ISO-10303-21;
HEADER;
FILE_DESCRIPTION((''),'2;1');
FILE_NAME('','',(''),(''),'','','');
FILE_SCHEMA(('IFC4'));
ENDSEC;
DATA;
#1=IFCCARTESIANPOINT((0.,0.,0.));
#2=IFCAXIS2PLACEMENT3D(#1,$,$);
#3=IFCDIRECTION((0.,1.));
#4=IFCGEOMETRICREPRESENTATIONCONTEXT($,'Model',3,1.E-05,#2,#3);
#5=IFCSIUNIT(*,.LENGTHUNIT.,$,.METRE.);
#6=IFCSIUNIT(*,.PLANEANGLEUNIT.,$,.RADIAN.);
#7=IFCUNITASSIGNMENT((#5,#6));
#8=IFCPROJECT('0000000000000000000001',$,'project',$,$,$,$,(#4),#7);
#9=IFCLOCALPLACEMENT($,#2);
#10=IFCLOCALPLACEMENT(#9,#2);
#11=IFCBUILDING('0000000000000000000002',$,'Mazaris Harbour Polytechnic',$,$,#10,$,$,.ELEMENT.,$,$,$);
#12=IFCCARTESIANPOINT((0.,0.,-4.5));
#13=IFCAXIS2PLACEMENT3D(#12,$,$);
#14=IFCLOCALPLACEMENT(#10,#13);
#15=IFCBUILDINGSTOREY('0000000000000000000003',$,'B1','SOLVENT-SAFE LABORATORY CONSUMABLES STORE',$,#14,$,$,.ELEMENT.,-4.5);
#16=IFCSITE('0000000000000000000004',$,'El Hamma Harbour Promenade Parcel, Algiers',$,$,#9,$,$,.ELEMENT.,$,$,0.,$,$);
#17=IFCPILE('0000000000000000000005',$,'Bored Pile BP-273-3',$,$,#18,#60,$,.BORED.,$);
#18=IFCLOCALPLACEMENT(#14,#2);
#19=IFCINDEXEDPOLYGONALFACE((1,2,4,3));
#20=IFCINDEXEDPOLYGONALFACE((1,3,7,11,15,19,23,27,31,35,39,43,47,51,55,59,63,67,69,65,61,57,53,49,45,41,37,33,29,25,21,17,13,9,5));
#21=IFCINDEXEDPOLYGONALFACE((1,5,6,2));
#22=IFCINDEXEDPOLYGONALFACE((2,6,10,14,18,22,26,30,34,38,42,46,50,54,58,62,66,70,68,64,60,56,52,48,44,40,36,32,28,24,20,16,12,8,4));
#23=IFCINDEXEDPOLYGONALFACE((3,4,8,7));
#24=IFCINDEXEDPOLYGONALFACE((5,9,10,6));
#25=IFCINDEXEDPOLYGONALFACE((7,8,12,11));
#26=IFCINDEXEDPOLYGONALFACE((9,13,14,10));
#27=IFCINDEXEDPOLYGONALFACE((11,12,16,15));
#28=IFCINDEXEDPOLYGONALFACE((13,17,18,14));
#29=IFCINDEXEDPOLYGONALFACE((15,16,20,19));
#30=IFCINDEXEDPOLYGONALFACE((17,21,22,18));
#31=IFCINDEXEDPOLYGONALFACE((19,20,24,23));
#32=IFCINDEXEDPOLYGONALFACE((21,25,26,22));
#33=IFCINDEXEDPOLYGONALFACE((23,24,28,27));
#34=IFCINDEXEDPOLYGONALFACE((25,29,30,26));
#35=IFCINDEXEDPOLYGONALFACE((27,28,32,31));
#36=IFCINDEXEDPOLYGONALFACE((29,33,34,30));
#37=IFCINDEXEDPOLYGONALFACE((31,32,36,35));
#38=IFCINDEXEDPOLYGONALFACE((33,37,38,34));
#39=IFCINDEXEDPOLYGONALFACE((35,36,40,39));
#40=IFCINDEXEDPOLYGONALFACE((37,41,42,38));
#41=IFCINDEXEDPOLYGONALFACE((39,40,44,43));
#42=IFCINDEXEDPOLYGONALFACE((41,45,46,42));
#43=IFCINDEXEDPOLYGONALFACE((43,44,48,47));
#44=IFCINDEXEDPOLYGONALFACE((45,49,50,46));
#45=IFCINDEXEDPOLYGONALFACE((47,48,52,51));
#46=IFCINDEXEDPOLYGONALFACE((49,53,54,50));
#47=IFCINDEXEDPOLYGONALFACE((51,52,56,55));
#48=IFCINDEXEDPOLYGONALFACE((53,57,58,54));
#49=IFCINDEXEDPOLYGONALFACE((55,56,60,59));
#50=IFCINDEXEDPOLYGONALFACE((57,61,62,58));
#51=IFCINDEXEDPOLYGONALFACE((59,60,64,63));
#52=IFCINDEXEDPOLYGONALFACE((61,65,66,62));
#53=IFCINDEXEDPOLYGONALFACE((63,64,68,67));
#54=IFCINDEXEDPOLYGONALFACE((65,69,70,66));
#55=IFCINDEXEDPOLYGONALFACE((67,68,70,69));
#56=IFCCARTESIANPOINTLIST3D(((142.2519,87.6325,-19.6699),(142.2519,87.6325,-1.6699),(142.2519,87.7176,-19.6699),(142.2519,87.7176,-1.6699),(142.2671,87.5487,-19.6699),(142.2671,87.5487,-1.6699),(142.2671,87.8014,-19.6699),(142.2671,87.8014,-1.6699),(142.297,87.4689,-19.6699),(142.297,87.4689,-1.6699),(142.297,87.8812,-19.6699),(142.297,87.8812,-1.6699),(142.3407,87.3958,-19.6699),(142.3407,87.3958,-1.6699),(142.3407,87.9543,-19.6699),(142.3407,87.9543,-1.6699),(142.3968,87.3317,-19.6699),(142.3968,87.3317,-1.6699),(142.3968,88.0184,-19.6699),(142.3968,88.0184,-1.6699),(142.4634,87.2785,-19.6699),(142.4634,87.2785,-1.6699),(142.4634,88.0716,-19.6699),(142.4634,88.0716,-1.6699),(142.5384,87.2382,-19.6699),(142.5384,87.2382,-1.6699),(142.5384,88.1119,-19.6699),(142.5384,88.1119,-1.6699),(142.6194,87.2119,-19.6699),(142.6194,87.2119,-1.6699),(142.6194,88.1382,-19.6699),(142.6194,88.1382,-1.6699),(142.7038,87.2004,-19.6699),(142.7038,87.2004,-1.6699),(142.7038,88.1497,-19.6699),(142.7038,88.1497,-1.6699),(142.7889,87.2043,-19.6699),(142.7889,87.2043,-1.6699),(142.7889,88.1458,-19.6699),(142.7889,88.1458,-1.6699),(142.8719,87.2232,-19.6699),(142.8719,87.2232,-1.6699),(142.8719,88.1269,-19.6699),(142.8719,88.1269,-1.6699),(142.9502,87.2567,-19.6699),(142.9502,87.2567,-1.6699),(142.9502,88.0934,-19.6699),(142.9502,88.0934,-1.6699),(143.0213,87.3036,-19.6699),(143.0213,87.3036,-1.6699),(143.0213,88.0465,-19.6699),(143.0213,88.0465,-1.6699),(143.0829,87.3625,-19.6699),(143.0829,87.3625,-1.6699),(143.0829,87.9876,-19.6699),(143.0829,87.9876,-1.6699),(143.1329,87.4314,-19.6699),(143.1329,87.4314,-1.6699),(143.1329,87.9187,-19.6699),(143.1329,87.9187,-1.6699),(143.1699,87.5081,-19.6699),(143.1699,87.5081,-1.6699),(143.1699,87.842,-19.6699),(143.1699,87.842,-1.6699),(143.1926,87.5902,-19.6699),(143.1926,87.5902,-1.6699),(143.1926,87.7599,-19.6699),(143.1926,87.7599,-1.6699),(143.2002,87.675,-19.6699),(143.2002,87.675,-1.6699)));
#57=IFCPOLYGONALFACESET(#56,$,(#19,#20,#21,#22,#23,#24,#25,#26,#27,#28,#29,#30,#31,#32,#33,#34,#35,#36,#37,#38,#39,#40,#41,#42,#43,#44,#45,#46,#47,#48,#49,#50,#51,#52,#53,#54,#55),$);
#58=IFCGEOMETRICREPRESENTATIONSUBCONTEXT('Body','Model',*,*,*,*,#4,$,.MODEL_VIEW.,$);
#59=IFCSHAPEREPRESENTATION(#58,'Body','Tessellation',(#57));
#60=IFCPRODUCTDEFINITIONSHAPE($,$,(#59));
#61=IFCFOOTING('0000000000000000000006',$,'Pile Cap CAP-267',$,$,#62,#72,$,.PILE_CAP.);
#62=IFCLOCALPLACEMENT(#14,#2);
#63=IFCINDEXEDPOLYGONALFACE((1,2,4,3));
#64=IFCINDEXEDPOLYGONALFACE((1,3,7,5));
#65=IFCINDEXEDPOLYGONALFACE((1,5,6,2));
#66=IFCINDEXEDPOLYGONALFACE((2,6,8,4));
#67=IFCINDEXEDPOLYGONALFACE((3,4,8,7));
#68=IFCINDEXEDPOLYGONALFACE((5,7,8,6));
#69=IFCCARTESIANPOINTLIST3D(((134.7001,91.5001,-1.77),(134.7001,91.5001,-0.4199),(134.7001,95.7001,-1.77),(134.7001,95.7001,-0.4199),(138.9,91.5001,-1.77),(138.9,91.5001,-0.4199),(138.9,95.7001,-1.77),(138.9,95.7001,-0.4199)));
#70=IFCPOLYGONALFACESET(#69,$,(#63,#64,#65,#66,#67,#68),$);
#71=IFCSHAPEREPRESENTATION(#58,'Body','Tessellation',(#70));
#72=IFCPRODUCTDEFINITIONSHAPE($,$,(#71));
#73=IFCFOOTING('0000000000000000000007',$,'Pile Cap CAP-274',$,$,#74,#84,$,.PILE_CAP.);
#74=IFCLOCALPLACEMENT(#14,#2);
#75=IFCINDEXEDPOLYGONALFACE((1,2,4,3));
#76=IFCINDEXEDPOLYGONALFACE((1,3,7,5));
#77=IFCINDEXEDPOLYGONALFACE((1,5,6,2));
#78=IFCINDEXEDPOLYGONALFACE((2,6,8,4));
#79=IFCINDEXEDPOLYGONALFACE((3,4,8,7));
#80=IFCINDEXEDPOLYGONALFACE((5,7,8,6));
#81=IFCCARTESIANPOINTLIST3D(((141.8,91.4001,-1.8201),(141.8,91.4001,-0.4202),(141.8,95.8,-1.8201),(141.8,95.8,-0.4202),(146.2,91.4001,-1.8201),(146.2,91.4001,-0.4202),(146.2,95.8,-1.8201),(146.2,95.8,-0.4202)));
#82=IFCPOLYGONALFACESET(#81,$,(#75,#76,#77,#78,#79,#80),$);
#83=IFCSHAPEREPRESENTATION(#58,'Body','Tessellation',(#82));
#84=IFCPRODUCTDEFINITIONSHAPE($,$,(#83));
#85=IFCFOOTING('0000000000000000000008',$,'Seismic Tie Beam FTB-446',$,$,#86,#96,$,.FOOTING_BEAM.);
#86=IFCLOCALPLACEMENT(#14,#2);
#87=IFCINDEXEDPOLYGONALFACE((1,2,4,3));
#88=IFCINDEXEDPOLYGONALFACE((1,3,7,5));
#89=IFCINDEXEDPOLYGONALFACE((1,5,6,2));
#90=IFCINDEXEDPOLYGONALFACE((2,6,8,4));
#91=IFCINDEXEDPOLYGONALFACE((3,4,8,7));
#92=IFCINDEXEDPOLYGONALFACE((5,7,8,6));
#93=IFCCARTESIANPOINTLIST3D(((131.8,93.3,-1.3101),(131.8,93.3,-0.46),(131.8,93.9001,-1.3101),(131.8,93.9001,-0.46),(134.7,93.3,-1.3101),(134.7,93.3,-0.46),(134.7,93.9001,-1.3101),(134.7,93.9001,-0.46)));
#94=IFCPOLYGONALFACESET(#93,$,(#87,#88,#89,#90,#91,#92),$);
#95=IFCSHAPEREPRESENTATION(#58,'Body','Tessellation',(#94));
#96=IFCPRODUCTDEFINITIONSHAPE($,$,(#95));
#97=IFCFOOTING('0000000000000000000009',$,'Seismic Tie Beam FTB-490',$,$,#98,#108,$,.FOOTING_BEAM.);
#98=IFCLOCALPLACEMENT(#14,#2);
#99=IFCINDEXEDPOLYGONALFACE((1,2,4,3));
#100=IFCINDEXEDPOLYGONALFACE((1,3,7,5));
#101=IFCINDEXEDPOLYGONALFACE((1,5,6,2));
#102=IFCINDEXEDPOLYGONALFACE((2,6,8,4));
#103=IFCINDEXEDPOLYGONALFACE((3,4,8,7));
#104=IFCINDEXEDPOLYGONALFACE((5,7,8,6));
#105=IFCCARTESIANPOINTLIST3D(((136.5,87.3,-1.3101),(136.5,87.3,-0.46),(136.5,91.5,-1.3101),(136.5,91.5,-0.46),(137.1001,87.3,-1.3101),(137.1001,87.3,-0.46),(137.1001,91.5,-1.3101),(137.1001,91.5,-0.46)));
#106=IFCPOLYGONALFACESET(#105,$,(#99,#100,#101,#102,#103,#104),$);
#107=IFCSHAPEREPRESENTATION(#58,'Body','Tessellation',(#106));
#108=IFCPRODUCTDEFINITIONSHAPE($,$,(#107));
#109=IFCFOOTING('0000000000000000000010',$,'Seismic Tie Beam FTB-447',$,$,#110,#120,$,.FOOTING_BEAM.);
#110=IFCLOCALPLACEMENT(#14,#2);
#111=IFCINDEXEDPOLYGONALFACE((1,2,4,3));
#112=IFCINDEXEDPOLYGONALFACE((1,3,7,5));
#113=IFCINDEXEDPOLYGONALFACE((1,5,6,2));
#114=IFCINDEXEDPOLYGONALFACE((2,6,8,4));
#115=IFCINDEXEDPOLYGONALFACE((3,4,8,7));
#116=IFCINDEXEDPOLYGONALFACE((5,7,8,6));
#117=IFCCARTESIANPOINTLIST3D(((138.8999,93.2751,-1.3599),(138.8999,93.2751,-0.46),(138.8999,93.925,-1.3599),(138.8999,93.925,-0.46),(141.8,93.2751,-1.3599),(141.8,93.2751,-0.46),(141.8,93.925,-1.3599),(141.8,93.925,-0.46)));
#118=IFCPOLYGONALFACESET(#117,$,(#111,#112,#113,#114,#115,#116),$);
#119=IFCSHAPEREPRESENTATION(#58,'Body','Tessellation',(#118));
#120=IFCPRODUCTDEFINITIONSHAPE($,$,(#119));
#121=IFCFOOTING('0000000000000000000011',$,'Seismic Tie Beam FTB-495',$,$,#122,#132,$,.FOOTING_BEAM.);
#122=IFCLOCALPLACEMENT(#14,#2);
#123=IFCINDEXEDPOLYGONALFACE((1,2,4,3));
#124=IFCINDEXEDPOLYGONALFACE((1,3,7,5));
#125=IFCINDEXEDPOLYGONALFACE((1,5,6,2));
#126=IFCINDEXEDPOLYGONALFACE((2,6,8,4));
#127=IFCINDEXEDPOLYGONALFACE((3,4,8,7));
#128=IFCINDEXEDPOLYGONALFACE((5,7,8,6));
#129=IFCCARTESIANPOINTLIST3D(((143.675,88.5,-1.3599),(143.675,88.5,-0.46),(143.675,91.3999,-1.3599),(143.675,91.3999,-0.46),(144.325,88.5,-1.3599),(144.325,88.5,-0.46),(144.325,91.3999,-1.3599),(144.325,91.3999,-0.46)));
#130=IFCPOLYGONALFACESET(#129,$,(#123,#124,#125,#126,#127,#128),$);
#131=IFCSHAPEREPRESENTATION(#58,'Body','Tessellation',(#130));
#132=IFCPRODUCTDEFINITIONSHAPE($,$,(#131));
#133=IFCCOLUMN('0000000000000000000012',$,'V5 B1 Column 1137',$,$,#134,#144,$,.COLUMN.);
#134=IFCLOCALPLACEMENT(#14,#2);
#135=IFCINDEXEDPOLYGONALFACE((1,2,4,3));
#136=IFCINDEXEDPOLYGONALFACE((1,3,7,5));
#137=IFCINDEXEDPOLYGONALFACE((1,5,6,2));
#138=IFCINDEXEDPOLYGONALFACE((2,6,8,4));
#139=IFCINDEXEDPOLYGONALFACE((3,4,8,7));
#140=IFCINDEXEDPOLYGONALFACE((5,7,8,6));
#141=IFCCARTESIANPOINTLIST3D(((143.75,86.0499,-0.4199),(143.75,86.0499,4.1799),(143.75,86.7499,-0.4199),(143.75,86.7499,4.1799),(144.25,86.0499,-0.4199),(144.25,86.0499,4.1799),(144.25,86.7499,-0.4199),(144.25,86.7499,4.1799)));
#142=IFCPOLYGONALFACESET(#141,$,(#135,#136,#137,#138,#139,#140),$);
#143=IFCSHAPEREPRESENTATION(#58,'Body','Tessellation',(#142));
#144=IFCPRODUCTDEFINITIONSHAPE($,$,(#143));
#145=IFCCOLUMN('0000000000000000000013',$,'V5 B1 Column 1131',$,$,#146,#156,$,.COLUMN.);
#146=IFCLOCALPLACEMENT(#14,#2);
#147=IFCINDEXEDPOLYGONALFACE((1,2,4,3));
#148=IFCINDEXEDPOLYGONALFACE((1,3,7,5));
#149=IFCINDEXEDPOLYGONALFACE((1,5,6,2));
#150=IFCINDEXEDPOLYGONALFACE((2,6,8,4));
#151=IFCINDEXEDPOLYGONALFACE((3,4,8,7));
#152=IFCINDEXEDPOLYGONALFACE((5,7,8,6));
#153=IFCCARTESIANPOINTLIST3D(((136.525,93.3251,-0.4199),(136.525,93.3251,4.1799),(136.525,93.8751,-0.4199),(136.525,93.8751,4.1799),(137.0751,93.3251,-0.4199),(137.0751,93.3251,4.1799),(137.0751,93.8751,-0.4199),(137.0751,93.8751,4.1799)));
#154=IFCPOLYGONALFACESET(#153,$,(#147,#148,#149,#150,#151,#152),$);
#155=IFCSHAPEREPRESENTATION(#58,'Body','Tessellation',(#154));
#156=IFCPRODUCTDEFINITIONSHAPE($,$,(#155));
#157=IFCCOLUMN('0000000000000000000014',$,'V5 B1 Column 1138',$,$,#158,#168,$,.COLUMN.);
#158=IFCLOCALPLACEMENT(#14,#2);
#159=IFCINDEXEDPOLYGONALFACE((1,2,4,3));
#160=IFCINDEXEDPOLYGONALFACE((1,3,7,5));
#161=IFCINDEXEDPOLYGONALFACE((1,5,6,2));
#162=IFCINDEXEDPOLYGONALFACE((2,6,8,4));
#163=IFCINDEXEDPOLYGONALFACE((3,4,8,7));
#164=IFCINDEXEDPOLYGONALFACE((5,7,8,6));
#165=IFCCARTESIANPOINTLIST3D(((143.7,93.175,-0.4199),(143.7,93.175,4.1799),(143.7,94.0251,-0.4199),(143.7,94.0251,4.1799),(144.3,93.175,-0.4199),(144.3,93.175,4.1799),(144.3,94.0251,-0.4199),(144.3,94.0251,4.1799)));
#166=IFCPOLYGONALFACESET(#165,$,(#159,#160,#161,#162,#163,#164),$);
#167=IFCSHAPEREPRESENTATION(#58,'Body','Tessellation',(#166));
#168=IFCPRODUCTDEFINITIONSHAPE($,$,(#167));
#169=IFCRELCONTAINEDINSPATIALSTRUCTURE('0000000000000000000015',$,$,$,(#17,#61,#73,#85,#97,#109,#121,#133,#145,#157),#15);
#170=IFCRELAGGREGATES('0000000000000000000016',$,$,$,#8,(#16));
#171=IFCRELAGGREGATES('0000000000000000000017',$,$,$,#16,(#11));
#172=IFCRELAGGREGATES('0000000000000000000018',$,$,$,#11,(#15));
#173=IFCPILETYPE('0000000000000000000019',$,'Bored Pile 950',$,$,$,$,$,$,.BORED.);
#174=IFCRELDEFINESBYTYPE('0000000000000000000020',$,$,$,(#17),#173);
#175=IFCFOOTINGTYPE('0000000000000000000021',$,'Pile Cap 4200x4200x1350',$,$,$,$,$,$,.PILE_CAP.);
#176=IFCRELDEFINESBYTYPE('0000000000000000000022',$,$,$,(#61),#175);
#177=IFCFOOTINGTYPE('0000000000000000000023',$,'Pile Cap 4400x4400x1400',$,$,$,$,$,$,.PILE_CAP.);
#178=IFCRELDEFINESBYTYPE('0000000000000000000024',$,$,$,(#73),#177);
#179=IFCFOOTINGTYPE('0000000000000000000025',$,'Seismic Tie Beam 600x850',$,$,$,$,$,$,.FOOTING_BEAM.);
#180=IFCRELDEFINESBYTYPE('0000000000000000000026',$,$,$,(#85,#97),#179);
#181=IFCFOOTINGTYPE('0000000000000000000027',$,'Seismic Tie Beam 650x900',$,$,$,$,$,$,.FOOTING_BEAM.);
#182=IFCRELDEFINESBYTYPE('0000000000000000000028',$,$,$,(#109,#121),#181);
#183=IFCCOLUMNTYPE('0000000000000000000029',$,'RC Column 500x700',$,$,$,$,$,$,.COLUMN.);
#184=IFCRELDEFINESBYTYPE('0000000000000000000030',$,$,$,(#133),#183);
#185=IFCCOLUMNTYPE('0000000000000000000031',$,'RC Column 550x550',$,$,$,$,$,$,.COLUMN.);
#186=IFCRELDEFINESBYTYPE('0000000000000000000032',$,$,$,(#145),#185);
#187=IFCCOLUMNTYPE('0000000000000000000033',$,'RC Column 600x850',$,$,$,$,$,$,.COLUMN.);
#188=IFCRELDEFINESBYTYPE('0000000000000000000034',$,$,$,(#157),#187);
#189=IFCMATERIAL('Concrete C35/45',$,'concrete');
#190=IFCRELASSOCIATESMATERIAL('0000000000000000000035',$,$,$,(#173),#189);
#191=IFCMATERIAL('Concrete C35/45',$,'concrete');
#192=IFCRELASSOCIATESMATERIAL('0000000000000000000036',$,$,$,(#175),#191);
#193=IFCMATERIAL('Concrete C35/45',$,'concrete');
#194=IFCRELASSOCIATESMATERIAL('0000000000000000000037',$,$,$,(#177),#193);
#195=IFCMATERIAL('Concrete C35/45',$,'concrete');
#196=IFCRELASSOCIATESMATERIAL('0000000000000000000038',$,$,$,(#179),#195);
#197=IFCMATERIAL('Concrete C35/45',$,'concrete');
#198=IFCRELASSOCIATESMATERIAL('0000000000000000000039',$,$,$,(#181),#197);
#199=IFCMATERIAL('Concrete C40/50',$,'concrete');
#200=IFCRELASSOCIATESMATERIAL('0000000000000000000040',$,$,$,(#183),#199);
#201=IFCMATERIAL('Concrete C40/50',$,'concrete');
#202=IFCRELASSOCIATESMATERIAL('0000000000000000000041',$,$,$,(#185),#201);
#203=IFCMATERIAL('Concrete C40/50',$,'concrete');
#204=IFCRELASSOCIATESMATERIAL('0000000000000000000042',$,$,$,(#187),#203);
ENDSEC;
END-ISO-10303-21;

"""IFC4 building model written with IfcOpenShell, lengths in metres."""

from ifc_helpers import new_model, si_unit, direction, frame, origin, origin_2d, place, context, subcontext, project, spatial, rectangle, circle, extrude, material, material_profile, profile_set, type_object, element, save


model = new_model("IFC4")

# Units and contexts
model_context = context("Model", 3, precision=1e-05, world=origin(), true_north=direction((0.0, 1.0)))
body_context = subcontext(model_context, "Body", "Model", "MODEL_VIEW")
ifc_project = project(units=[si_unit("LENGTHUNIT", "METRE"), si_unit("PLANEANGLEUNIT", "RADIAN")], contexts=[model_context])

# Site, building, storey
site_placement = place(None, origin())
site = spatial("IfcSite", under=ifc_project, at=site_placement, Name="El Hamma Harbour Promenade Parcel, Algiers", CompositionType="ELEMENT", RefElevation=0.0)
building_placement = place(site_placement, origin())
building = spatial("IfcBuilding", under=site, at=building_placement, Name="Mazaris Harbour Polytechnic", CompositionType="ELEMENT")
storey_placement = place(building_placement, frame((0.0, 0.0, -4.5)))
storey = spatial("IfcBuildingStorey", under=building, at=storey_placement, Name="B1", Description="SOLVENT-SAFE LABORATORY CONSUMABLES STORE", CompositionType="ELEMENT", Elevation=-4.5)

# Pile
ifc_material_1 = material(Name="Concrete C35/45", Category="concrete")
ifc_material_profile_1 = material_profile(ifc_material_1, circle(Radius=0.4751, at=origin_2d()), Name="DIA950")
ifc_profile_set_1 = profile_set([ifc_material_profile_1], Name="Concrete C35/45")
pile_type_1 = type_object("IfcPileType", Name="Bored Pile 950", PredefinedType="BORED", material=ifc_profile_set_1)
for number, where, z_axis, x_axis, name in (
    (1, (142.7251, 87.675, -1.6699), (0.0, 0.0, -1.0), (1.0, 0.0, 0.0), "Bored Pile BP-273-3"),
):
    element("IfcPile", number, at=place(storey_placement, frame(where, z_axis=z_axis, x_axis=x_axis)), inside=storey, type_object=pile_type_1, Name=name, PredefinedType="BORED", context=body_context, shape_type="SweptSolid", body=[
        extrude(circle(Radius=0.4751, at=origin_2d()), origin(), (0.0, 0.0, 1.0), 18.0),
    ])

# Footings
ifc_material_2 = material(Name="Concrete C35/45", Category="concrete")
footing_type_1 = type_object("IfcFootingType", Name="Pile Cap 4200x4200x1350", PredefinedType="PILE_CAP", material=ifc_material_2)
footing_1_placement = place(storey_placement, frame((136.8, 93.6001, -1.77), z_axis=(0.0, 0.0, 1.0), x_axis=(1.0, 0.0, 0.0)))
element("IfcFooting", 2, at=footing_1_placement, inside=storey, type_object=footing_type_1, Name="Pile Cap CAP-267", PredefinedType="PILE_CAP", context=body_context, shape_type="SweptSolid", body=[
    extrude(rectangle(XDim=4.2, YDim=4.2, at=origin_2d()), origin(), (0.0, 0.0, 1.0), 1.3501),
])
ifc_material_3 = material(Name="Concrete C35/45", Category="concrete")
footing_type_2 = type_object("IfcFootingType", Name="Pile Cap 4400x4400x1400", PredefinedType="PILE_CAP", material=ifc_material_3)
footing_2_placement = place(storey_placement, frame((144.0, 93.6001, -1.8201), z_axis=(0.0, 0.0, 1.0), x_axis=(1.0, 0.0, 0.0)))
element("IfcFooting", 3, at=footing_2_placement, inside=storey, type_object=footing_type_2, Name="Pile Cap CAP-274", PredefinedType="PILE_CAP", context=body_context, shape_type="SweptSolid", body=[
    extrude(rectangle(XDim=4.3999, YDim=4.3999, at=origin_2d()), origin(), (0.0, 0.0, 1.0), 1.3999),
])
ifc_material_4 = material(Name="Concrete C35/45", Category="concrete")
ifc_material_profile_2 = material_profile(ifc_material_4, rectangle(XDim=0.6001, YDim=0.8501, at=origin_2d()), Name="RECT600x850")
ifc_profile_set_2 = profile_set([ifc_material_profile_2], Name="Concrete C35/45")
footing_type_3 = type_object("IfcFootingType", Name="Seismic Tie Beam 600x850", PredefinedType="FOOTING_BEAM", material=ifc_profile_set_2)
footing_3_placement = place(storey_placement, frame((131.8, 93.6001, -0.885), z_axis=(1.0, 0.0, 0.0), x_axis=(0.0, 1.0, 0.0)))
element("IfcFooting", 4, at=footing_3_placement, inside=storey, type_object=footing_type_3, Name="Seismic Tie Beam FTB-446", PredefinedType="FOOTING_BEAM", context=body_context, shape_type="SweptSolid", body=[
    extrude(rectangle(XDim=0.6001, YDim=0.8501, at=origin_2d()), origin(), (0.0, 0.0, 1.0), 2.8999),
])
footing_4_placement = place(storey_placement, frame((136.8, 87.3, -0.885), z_axis=(0.0, 1.0, 0.0), x_axis=(-1.0, 0.0, 0.0)))
element("IfcFooting", 5, at=footing_4_placement, inside=storey, type_object=footing_type_3, Name="Seismic Tie Beam FTB-490", PredefinedType="FOOTING_BEAM", context=body_context, shape_type="SweptSolid", body=[
    extrude(rectangle(XDim=0.6001, YDim=0.8501, at=origin_2d()), origin(), (0.0, 0.0, 1.0), 4.2),
])
ifc_material_5 = material(Name="Concrete C35/45", Category="concrete")
ifc_material_profile_3 = material_profile(ifc_material_5, rectangle(XDim=0.6499, YDim=0.8999, at=origin_2d()), Name="RECT650x900")
ifc_profile_set_3 = profile_set([ifc_material_profile_3], Name="Concrete C35/45")
footing_type_4 = type_object("IfcFootingType", Name="Seismic Tie Beam 650x900", PredefinedType="FOOTING_BEAM", material=ifc_profile_set_3)
footing_5_placement = place(storey_placement, frame((138.8999, 93.6001, -0.9099), z_axis=(1.0, 0.0, 0.0), x_axis=(0.0, 1.0, 0.0)))
element("IfcFooting", 6, at=footing_5_placement, inside=storey, type_object=footing_type_4, Name="Seismic Tie Beam FTB-447", PredefinedType="FOOTING_BEAM", context=body_context, shape_type="SweptSolid", body=[
    extrude(rectangle(XDim=0.6499, YDim=0.8999, at=origin_2d()), origin(), (0.0, 0.0, 1.0), 2.9001),
])
footing_6_placement = place(storey_placement, frame((144.0, 88.5, -0.9099), z_axis=(0.0, 1.0, 0.0), x_axis=(-1.0, 0.0, 0.0)))
element("IfcFooting", 7, at=footing_6_placement, inside=storey, type_object=footing_type_4, Name="Seismic Tie Beam FTB-495", PredefinedType="FOOTING_BEAM", context=body_context, shape_type="SweptSolid", body=[
    extrude(rectangle(XDim=0.6499, YDim=0.8999, at=origin_2d()), origin(), (0.0, 0.0, 1.0), 2.8999),
])

# Columns
ifc_material_6 = material(Name="Concrete C40/50", Category="concrete")
ifc_material_profile_4 = material_profile(ifc_material_6, rectangle(XDim=0.5, YDim=0.7, at=origin_2d()), Name="RECT500x700")
ifc_profile_set_4 = profile_set([ifc_material_profile_4], Name="Concrete C40/50")
column_type_1 = type_object("IfcColumnType", Name="RC Column 500x700", PredefinedType="COLUMN", material=ifc_profile_set_4)
column_1_placement = place(storey_placement, frame((144.0, 86.3999, -0.4199), z_axis=(0.0, 0.0, 1.0), x_axis=(1.0, 0.0, 0.0)))
element("IfcColumn", 8, at=column_1_placement, inside=storey, type_object=column_type_1, Name="V5 B1 Column 1137", PredefinedType="COLUMN", context=body_context, shape_type="SweptSolid", body=[
    extrude(rectangle(XDim=0.5, YDim=0.7, at=origin_2d()), origin(), (0.0, 0.0, 1.0), 4.5999),
])
ifc_material_7 = material(Name="Concrete C40/50", Category="concrete")
ifc_material_profile_5 = material_profile(ifc_material_7, rectangle(XDim=0.55, YDim=0.55, at=origin_2d()), Name="RECT550x550")
ifc_profile_set_5 = profile_set([ifc_material_profile_5], Name="Concrete C40/50")
column_type_2 = type_object("IfcColumnType", Name="RC Column 550x550", PredefinedType="COLUMN", material=ifc_profile_set_5)
column_2_placement = place(storey_placement, frame((136.8, 93.6001, -0.4199), z_axis=(0.0, 0.0, 1.0), x_axis=(1.0, 0.0, 0.0)))
element("IfcColumn", 9, at=column_2_placement, inside=storey, type_object=column_type_2, Name="V5 B1 Column 1131", PredefinedType="COLUMN", context=body_context, shape_type="SweptSolid", body=[
    extrude(rectangle(XDim=0.55, YDim=0.55, at=origin_2d()), origin(), (0.0, 0.0, 1.0), 4.5999),
])
ifc_material_8 = material(Name="Concrete C40/50", Category="concrete")
ifc_material_profile_6 = material_profile(ifc_material_8, rectangle(XDim=0.6001, YDim=0.8501, at=origin_2d()), Name="RECT600x850")
ifc_profile_set_6 = profile_set([ifc_material_profile_6], Name="Concrete C40/50")
column_type_3 = type_object("IfcColumnType", Name="RC Column 600x850", PredefinedType="COLUMN", material=ifc_profile_set_6)
column_3_placement = place(storey_placement, frame((144.0, 93.6001, -0.4199), z_axis=(0.0, 0.0, 1.0), x_axis=(1.0, 0.0, 0.0)))
element("IfcColumn", 10, at=column_3_placement, inside=storey, type_object=column_type_3, Name="V5 B1 Column 1138", PredefinedType="COLUMN", context=body_context, shape_type="SweptSolid", body=[
    extrude(rectangle(XDim=0.6001, YDim=0.8501, at=origin_2d()), origin(), (0.0, 0.0, 1.0), 4.5999),
])

save(model, "model.ifc")
